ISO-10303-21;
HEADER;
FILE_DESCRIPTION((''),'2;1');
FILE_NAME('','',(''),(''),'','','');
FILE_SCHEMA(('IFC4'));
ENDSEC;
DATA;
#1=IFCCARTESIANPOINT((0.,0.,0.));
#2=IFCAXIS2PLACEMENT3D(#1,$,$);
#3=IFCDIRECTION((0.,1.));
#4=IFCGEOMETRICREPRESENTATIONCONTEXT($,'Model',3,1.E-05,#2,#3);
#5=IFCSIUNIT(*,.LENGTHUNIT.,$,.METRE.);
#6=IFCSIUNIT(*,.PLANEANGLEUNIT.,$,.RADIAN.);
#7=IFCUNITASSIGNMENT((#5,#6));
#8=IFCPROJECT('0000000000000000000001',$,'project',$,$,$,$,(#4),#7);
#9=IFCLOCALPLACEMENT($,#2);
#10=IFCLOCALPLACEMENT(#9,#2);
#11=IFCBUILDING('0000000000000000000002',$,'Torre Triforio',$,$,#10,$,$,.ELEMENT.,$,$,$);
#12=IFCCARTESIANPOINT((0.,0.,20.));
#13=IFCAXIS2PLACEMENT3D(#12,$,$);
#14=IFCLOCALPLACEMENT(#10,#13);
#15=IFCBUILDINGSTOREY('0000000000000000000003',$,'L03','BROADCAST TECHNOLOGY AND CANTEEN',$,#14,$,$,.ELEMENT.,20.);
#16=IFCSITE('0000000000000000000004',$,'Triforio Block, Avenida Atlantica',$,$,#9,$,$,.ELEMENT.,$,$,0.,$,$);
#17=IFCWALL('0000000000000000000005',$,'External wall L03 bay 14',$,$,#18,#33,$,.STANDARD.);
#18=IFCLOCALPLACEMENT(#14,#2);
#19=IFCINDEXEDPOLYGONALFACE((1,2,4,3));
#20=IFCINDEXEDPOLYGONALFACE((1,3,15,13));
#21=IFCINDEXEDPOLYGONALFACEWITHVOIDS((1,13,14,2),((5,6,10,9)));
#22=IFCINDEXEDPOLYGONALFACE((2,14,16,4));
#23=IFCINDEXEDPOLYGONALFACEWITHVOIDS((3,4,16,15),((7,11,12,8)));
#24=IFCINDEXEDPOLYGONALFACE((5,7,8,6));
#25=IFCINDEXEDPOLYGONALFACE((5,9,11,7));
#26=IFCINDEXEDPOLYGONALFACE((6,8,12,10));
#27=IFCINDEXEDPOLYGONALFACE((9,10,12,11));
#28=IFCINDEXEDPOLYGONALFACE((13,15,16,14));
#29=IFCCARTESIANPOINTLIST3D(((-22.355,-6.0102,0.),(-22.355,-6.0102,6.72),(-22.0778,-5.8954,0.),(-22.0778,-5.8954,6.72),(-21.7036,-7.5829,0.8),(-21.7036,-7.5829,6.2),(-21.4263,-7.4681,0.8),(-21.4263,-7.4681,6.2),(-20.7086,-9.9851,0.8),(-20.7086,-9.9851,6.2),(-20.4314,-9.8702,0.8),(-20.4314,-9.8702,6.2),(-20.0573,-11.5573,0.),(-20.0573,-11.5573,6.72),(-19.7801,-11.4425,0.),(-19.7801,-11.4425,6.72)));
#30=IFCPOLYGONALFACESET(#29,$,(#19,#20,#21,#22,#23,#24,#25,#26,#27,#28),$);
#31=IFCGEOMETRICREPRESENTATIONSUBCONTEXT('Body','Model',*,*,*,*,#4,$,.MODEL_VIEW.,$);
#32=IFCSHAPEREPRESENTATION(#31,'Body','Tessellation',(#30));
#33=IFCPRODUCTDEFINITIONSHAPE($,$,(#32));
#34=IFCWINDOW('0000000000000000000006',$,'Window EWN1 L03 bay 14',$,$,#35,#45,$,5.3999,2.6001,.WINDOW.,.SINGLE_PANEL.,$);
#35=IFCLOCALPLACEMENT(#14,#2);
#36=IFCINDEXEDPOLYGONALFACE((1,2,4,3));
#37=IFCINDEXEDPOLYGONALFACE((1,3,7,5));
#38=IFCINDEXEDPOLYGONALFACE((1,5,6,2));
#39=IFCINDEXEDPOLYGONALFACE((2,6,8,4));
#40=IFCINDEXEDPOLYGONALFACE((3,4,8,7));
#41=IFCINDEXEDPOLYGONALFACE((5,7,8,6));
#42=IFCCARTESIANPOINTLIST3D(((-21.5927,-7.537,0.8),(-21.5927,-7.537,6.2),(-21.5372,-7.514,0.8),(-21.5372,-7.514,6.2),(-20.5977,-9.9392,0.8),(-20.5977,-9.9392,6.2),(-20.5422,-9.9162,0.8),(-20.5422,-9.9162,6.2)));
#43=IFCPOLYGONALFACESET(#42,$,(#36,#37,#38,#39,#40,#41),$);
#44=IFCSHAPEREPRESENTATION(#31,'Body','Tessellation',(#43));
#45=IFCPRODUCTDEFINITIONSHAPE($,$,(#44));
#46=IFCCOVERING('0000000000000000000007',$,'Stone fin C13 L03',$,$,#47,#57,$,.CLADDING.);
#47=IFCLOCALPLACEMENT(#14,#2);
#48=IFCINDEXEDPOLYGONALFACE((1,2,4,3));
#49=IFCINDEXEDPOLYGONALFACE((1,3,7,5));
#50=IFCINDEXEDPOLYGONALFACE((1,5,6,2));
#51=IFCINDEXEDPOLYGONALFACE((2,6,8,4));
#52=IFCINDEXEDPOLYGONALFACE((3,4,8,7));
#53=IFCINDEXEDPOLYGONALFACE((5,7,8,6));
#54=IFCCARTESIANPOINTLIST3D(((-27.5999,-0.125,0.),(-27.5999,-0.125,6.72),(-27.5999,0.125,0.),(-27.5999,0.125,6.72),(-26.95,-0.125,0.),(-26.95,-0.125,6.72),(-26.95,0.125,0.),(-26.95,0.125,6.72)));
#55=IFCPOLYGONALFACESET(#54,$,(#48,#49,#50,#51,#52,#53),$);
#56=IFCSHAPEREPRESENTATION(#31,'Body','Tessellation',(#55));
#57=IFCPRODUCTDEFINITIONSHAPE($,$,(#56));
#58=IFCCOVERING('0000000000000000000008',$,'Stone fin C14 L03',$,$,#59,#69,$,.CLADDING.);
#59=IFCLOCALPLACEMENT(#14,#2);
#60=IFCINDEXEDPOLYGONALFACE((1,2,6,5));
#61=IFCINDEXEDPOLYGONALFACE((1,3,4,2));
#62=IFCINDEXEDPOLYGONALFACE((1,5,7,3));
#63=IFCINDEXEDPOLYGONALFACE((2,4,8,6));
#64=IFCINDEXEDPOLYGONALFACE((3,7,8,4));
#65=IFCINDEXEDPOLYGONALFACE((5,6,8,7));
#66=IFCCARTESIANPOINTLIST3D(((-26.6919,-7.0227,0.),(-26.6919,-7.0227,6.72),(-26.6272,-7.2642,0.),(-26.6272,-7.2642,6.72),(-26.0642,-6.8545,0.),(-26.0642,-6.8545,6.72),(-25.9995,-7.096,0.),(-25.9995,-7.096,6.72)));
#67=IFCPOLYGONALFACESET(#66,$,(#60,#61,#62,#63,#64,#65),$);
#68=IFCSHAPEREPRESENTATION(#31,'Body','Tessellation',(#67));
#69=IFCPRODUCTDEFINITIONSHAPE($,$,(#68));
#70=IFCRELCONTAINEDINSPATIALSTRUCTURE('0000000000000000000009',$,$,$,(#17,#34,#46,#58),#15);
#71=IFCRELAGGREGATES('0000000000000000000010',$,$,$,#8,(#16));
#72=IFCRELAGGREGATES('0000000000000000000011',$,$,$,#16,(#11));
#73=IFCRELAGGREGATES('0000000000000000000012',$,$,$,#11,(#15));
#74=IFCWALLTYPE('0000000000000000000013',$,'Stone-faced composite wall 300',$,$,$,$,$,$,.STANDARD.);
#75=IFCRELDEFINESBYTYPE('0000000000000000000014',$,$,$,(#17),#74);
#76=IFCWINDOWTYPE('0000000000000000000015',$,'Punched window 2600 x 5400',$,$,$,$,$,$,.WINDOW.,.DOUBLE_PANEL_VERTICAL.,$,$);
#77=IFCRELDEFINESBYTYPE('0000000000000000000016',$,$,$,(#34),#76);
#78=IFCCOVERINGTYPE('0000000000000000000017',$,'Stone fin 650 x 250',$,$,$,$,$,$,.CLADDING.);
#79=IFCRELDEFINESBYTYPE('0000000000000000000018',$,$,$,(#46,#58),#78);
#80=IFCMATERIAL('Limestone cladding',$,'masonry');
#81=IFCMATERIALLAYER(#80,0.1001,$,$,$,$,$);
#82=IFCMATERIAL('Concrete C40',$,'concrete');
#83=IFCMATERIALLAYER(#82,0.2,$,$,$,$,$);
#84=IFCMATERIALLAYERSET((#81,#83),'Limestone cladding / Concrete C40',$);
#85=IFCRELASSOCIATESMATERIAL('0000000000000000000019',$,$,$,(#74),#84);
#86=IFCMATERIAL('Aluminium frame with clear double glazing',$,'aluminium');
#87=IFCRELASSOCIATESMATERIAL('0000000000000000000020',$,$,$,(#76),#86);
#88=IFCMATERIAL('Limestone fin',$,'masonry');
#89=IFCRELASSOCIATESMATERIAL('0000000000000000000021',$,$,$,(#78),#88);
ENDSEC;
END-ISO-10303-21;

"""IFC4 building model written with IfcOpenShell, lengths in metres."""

from ifc_helpers import new_model, si_unit, direction, frame, frame_2d, origin, origin_2d, place, context, subcontext, project, spatial, rectangle, extrude, material, layer, layer_set, material_profile, profile_set, type_object, element, fill, save


model = new_model("IFC4")

# Units and contexts
model_context = context("Model", 3, precision=1e-05, world=origin(), true_north=direction((0.0, 1.0)))
body_context = subcontext(model_context, "Body", "Model", "MODEL_VIEW")
ifc_project = project(units=[si_unit("LENGTHUNIT", "METRE"), si_unit("PLANEANGLEUNIT", "RADIAN")], contexts=[model_context])

# Site, building, storey
site_placement = place(None, origin())
site = spatial("IfcSite", under=ifc_project, at=site_placement, Name="Triforio Block, Avenida Atlantica", CompositionType="ELEMENT", RefElevation=0.0)
building_placement = place(site_placement, origin())
building = spatial("IfcBuilding", under=site, at=building_placement, Name="Torre Triforio", CompositionType="ELEMENT")
storey_placement = place(building_placement, frame((0.0, 0.0, 20.0)))
storey = spatial("IfcBuildingStorey", under=building, at=storey_placement, Name="L03", Description="BROADCAST TECHNOLOGY AND CANTEEN", CompositionType="ELEMENT", Elevation=20.0)

# Shared definitions
ifc_material_1 = material(Name="Limestone cladding", Category="masonry")
ifc_material_2 = material(Name="Concrete C40", Category="concrete")

# Wall, opening, window
ifc_layer_1 = layer(ifc_material_1, 0.1001)
ifc_layer_2 = layer(ifc_material_2, 0.2)
ifc_layer_set_1 = layer_set([ifc_layer_1, ifc_layer_2], Name="Limestone cladding / Concrete C40")
wall_type_1 = type_object("IfcWallType", Name="Stone-faced composite wall 300", PredefinedType="STANDARD", material=ifc_layer_set_1)
ifc_material_3 = material(Name="Aluminium frame with clear double glazing", Category="aluminium")
window_type = type_object("IfcWindowType", Name="Punched window 2600 x 5400", PartitioningType="DOUBLE_PANEL_VERTICAL", PredefinedType="WINDOW", material=ifc_material_3)
wall_1_placement = place(storey_placement, frame((-22.2163, -5.9529, 0.0), z_axis=(0.0, 0.0, 1.0), x_axis=(0.382671, -0.923885, 0.0)))
wall_1 = element("IfcWall", 1, at=wall_1_placement, inside=storey, type_object=wall_type_1, Name="External wall L03 bay 14", PredefinedType="STANDARD", context=body_context, shape_type="SweptSolid", body=[
    extrude(rectangle(XDim=6.0042, YDim=0.3, at=frame_2d((3.002, 0.0))), origin(), (0.0, 0.0, 1.0), 6.72),
])
opening_1_placement = place(wall_1_placement, frame((1.7021, 0.0, 0.8)))
opening_1 = element("IfcOpeningElement", 2, at=opening_1_placement, cuts=wall_1, PredefinedType="OPENING", context=body_context, shape_type="SweptSolid", body=[
    extrude(rectangle(XDim=2.6001, YDim=5.3999, at=frame_2d((1.3, 2.7))), frame((0.0, 0.1599, 0.0), z_axis=(0.0, -1.0, 0.0), x_axis=(1.0, 0.0, 0.0)), (0.0, 0.0, 1.0), 0.3201),
])
window_1_placement = place(opening_1_placement, origin())
window_1 = element("IfcWindow", 3, at=window_1_placement, inside=storey, type_object=window_type, Name="Window EWN1 L03 bay 14", OverallHeight=5.3999, OverallWidth=2.6001, PartitioningType="SINGLE_PANEL", PredefinedType="WINDOW", context=body_context, shape_type="SweptSolid", body=[
    extrude(rectangle(XDim=2.6001, YDim=5.3999, at=frame_2d((1.3, 2.7))), frame((0.0, 0.03, 0.0), z_axis=(0.0, -1.0, 0.0), x_axis=(1.0, 0.0, 0.0)), (0.0, 0.0, 1.0), 0.0601),
])
fill(opening_1, window_1)

# Coverings
ifc_material_4 = material(Name="Limestone fin", Category="masonry")
ifc_material_profile_1 = material_profile(ifc_material_4, rectangle(XDim=0.6499, YDim=0.25, at=origin_2d()), Name="FIN 650x250")
ifc_profile_set_1 = profile_set([ifc_material_profile_1], Name="Limestone fin")
covering_type = type_object("IfcCoveringType", Name="Stone fin 650 x 250", PredefinedType="CLADDING", material=ifc_profile_set_1)
for number, where, z_axis, x_axis, name in (
    (4, (-27.2749, 0.0, 0.0), (0.0, 0.0, 1.0), (-1.0, 0.0, 0.0), "Stone fin C13 L03"),
    (5, (-26.3457, -7.0593, 0.0), (0.0, 0.0, 1.0), (-0.965926, -0.258819, 0.0), "Stone fin C14 L03"),
):
    element("IfcCovering", number, at=place(storey_placement, frame(where, z_axis=z_axis, x_axis=x_axis)), inside=storey, type_object=covering_type, Name=name, PredefinedType="CLADDING", context=body_context, shape_type="SweptSolid", body=[
        extrude(rectangle(XDim=0.6499, YDim=0.25, at=origin_2d()), origin(), (0.0, 0.0, 1.0), 6.72),
    ])

save(model, "model.ifc")
